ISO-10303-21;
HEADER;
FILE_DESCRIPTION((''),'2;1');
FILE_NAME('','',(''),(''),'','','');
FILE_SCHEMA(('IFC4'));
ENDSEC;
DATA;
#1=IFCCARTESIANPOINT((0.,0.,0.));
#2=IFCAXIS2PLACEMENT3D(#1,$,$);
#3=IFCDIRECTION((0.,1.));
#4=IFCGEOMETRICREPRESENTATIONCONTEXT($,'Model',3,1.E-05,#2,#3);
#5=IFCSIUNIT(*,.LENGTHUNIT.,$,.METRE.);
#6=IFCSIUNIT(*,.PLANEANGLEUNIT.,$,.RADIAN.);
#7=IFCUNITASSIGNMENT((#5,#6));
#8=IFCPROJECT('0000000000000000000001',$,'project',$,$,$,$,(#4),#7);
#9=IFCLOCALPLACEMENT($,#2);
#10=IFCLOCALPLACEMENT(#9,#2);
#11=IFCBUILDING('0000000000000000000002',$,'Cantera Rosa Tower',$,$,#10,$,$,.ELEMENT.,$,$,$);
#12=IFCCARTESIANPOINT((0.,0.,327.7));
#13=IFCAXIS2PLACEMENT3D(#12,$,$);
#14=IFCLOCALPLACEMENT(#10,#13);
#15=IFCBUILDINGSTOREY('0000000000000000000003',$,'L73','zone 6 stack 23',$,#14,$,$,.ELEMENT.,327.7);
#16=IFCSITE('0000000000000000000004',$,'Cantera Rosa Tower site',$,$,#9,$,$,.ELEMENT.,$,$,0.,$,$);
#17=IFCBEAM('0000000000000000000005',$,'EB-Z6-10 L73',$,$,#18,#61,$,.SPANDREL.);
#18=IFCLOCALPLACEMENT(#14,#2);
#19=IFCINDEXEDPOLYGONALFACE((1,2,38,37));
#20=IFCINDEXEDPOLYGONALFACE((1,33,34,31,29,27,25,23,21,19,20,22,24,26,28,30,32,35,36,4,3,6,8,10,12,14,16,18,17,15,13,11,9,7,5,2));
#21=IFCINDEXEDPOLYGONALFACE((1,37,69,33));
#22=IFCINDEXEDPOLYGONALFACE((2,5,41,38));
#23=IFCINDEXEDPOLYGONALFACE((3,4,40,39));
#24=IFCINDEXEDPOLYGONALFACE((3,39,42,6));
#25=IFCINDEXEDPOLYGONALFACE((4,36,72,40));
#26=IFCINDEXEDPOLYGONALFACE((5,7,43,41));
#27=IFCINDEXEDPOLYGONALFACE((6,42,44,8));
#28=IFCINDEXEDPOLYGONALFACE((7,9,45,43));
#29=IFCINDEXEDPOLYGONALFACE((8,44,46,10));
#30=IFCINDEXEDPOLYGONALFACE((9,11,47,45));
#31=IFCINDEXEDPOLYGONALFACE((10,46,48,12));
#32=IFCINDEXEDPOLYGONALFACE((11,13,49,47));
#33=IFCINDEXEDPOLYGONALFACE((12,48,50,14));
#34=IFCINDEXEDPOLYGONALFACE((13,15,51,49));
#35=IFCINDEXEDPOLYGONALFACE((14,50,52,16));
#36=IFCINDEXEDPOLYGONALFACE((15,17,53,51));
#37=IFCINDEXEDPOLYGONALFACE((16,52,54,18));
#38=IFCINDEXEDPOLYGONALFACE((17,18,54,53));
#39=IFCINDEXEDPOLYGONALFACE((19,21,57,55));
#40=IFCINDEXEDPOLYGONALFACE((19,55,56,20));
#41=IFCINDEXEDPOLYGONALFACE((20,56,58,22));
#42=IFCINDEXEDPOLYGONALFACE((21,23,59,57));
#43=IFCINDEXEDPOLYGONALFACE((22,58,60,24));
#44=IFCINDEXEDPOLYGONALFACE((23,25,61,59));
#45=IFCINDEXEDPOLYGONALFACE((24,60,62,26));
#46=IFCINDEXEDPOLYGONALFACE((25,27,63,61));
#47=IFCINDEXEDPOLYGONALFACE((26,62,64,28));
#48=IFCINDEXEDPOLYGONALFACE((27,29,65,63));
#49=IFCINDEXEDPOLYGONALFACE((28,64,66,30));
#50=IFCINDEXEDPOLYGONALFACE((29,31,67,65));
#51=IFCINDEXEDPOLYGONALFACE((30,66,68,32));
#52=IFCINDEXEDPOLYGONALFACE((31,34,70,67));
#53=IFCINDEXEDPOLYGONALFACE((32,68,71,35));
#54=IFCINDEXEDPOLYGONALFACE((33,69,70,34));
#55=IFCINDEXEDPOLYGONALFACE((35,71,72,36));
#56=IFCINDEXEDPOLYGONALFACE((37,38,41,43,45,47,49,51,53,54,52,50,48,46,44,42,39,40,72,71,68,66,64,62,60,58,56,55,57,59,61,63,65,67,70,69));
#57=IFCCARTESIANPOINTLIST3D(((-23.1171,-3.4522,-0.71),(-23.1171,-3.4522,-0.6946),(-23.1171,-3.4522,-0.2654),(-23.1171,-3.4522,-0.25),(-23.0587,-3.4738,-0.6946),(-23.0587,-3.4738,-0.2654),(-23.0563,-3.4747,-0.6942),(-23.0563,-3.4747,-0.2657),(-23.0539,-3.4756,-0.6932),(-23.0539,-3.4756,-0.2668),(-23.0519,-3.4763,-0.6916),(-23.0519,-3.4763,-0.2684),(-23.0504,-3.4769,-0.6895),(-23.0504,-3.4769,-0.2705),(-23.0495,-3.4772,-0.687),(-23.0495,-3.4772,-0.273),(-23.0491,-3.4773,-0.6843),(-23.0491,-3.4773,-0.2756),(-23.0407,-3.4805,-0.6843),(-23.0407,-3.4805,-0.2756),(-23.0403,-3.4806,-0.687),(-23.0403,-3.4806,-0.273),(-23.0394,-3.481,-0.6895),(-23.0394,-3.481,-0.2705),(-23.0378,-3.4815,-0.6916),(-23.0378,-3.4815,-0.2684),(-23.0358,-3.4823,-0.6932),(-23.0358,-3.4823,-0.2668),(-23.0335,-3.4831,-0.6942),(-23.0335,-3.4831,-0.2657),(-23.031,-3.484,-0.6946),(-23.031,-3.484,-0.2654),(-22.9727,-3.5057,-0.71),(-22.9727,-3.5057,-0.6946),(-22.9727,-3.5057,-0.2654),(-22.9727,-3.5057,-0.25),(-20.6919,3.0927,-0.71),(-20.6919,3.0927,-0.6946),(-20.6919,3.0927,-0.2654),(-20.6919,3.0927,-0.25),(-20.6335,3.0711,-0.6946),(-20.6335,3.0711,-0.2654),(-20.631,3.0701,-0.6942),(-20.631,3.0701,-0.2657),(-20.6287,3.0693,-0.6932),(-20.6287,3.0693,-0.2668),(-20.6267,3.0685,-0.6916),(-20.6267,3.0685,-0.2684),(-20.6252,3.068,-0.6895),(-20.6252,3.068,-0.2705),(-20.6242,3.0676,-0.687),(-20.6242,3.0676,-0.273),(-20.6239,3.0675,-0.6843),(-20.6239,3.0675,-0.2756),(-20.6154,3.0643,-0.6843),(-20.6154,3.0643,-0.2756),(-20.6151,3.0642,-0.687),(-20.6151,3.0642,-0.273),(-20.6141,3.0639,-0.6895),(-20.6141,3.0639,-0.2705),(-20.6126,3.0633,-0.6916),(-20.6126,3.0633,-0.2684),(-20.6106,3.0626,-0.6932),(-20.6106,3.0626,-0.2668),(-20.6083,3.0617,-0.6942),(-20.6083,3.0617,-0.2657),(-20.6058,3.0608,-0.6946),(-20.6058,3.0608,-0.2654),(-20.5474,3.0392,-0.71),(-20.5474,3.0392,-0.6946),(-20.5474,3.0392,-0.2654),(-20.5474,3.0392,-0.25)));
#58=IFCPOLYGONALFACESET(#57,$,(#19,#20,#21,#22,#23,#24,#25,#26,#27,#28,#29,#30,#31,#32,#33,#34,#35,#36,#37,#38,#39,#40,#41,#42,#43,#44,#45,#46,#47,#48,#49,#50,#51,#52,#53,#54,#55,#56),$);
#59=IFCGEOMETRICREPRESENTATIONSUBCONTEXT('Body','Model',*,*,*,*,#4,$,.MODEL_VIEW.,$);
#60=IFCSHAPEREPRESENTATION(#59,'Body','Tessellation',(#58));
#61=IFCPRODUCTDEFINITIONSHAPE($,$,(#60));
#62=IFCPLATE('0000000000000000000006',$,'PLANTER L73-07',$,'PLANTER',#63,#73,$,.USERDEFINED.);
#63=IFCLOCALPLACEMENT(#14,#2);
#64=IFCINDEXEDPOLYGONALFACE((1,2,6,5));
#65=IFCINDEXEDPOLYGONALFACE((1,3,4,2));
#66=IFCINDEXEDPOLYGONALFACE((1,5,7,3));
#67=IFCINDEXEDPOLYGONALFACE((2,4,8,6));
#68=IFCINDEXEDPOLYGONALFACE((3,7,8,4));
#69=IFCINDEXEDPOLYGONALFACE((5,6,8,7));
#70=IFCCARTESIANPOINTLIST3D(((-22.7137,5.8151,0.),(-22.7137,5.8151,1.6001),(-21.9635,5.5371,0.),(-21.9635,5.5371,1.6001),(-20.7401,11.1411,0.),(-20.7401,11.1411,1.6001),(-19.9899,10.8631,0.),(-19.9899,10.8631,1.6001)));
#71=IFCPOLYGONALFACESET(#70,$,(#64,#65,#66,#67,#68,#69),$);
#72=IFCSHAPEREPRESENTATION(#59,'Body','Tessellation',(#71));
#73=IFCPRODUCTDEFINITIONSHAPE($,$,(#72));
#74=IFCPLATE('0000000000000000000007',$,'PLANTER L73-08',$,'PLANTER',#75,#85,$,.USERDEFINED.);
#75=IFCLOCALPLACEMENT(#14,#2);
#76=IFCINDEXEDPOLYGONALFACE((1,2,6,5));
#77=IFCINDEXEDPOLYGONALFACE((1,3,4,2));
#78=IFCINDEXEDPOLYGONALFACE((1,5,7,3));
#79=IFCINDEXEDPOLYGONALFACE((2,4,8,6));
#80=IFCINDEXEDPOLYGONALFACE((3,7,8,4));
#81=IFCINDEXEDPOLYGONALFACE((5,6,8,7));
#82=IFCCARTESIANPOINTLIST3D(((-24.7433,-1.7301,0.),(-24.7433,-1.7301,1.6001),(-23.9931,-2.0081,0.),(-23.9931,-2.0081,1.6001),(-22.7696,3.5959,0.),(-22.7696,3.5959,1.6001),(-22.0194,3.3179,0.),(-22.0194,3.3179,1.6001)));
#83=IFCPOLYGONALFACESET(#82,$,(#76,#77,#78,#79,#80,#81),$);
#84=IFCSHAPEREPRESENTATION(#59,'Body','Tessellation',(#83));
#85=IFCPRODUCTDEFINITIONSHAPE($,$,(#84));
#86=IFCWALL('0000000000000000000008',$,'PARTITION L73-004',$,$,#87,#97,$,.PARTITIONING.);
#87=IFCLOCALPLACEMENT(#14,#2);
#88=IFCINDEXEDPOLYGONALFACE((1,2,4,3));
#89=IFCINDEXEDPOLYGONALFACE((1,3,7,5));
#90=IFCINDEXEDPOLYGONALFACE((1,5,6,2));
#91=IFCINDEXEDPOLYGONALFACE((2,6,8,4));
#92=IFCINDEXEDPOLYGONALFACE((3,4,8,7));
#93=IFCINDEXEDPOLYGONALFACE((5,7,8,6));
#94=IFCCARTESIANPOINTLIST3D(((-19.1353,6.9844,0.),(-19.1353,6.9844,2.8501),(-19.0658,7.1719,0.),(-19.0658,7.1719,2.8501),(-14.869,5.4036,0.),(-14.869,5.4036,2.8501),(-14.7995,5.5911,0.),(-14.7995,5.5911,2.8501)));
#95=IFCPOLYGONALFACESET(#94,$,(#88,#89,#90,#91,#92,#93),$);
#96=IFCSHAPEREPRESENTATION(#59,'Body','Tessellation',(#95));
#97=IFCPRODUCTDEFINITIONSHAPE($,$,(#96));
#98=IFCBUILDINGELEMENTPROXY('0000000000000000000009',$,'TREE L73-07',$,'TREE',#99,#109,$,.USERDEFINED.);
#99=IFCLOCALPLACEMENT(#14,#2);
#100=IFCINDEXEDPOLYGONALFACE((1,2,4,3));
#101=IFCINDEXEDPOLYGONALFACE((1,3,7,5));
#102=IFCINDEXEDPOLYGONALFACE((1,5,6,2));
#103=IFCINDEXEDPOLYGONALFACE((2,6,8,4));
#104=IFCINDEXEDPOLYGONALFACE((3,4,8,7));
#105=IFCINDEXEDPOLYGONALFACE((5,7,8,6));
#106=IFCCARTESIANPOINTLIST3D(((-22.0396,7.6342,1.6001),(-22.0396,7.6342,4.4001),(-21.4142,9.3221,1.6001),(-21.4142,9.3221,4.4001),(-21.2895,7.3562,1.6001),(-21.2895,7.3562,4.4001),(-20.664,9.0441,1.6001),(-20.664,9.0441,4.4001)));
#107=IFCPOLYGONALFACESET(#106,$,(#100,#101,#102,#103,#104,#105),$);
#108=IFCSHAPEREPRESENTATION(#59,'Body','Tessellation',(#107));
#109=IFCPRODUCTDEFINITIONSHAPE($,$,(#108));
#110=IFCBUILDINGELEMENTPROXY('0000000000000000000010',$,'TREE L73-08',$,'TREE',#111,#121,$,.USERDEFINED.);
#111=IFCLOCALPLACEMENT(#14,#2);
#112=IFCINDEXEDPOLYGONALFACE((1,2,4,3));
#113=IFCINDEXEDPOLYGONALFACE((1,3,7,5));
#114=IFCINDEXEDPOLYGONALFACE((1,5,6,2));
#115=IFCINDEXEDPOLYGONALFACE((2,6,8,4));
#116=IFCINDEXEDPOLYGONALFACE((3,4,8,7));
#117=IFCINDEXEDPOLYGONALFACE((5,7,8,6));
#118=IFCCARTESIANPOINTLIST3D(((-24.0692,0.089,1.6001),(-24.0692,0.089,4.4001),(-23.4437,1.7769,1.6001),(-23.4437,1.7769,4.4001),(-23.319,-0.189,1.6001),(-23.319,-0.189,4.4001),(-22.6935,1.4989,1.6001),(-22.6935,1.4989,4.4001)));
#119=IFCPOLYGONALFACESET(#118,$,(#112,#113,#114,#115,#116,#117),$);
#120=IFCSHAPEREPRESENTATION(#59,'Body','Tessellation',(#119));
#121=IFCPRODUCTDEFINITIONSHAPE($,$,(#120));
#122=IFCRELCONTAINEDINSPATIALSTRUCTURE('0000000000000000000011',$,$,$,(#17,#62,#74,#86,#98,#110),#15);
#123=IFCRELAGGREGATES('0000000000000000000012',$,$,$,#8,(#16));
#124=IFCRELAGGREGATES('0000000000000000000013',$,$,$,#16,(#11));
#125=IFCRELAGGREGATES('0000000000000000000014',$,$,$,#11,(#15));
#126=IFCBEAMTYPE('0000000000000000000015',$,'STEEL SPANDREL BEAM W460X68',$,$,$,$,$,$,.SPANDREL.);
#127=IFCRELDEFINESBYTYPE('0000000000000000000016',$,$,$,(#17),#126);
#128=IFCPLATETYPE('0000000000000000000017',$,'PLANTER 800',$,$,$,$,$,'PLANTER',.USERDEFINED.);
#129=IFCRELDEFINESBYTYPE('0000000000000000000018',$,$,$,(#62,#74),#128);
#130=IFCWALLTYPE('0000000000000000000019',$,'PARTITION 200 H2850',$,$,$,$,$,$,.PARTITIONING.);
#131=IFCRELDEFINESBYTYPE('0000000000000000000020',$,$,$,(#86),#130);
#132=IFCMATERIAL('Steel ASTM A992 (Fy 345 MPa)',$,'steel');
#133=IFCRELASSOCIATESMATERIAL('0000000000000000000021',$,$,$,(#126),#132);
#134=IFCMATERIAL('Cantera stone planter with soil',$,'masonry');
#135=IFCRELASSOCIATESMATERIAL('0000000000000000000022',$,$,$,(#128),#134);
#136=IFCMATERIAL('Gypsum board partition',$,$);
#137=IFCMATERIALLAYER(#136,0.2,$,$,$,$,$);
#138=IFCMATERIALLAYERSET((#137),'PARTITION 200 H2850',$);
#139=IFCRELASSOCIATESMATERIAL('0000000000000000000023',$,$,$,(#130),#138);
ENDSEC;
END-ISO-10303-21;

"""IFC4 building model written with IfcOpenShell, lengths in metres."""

from ifc_helpers import new_model, si_unit, direction, frame, frame_2d, origin, origin_2d, place, context, subcontext, project, spatial, rectangle, i_section, extrude, material, layer, layer_set, material_profile, profile_set, type_object, element, save


model = new_model("IFC4")

# Units and contexts
model_context = context("Model", 3, precision=1e-05, world=origin(), true_north=direction((0.0, 1.0)))
body_context = subcontext(model_context, "Body", "Model", "MODEL_VIEW")
ifc_project = project(units=[si_unit("LENGTHUNIT", "METRE"), si_unit("PLANEANGLEUNIT", "RADIAN")], contexts=[model_context])

# Site, building, storey
site_placement = place(None, origin())
site = spatial("IfcSite", under=ifc_project, at=site_placement, Name="Cantera Rosa Tower site", CompositionType="ELEMENT", RefElevation=0.0)
building_placement = place(site_placement, origin())
building = spatial("IfcBuilding", under=site, at=building_placement, Name="Cantera Rosa Tower", CompositionType="ELEMENT")
storey_placement = place(building_placement, frame((0.0, 0.0, 327.7)))
storey = spatial("IfcBuildingStorey", under=building, at=storey_placement, Name="L73", Description="zone 6 stack 23", CompositionType="ELEMENT", Elevation=327.7)

# Beam
ifc_material_1 = material(Name="Steel ASTM A992 (Fy 345 MPa)", Category="steel")
ifc_material_profile_1 = material_profile(ifc_material_1, i_section(OverallWidth=0.1541, OverallDepth=0.46, WebThickness=0.009, FlangeThickness=0.0154, FilletRadius=0.0103, at=origin_2d()), Name="W460X68")
ifc_profile_set_1 = profile_set([ifc_material_profile_1], Name="Steel ASTM A992 (Fy 345 MPa)")
beam_type_1 = type_object("IfcBeamType", Name="STEEL SPANDREL BEAM W460X68", PredefinedType="SPANDREL", material=ifc_profile_set_1)
beam_1_placement = place(storey_placement, frame((-20.6196, 3.0659, -0.48), z_axis=(-0.347472, -0.937691, 0.0), x_axis=(0.937691, -0.347472, 0.0)))
element("IfcBeam", 1, at=beam_1_placement, inside=storey, type_object=beam_type_1, Name="EB-Z6-10 L73", PredefinedType="SPANDREL", context=body_context, shape_type="SweptSolid", body=[
    extrude(i_section(OverallWidth=0.1541, OverallDepth=0.46, WebThickness=0.009, FlangeThickness=0.0154, FilletRadius=0.0103, at=origin_2d()), origin(), (0.0, 0.0, 1.0), 6.9797),
])

# Plates
ifc_material_2 = material(Name="Cantera stone planter with soil", Category="masonry")
plate_type = type_object("IfcPlateType", Name="PLANTER 800", ElementType="PLANTER", PredefinedType="USERDEFINED", material=ifc_material_2)
for number, where, z_axis, x_axis, name in (
    (2, (-21.3518, 8.3391, 0.0), (0.0, 0.0, 1.0), (-0.347481, -0.937687, 0.0), "PLANTER L73-07"),
    (3, (-23.3813, 0.7939, 0.0), (0.0, 0.0, 1.0), (-0.347481, -0.937687, 0.0), "PLANTER L73-08"),
):
    element("IfcPlate", number, at=place(storey_placement, frame(where, z_axis=z_axis, x_axis=x_axis)), inside=storey, type_object=plate_type, Name=name, ObjectType="PLANTER", PredefinedType="USERDEFINED", context=body_context, shape_type="SweptSolid", body=[
        extrude(rectangle(XDim=5.6799, YDim=0.8, at=origin_2d()), origin(), (0.0, 0.0, 1.0), 1.6001),
    ])

# Wall
ifc_material_3 = material(Name="Gypsum board partition")
ifc_layer_1 = layer(ifc_material_3, 0.2)
ifc_layer_set_1 = layer_set([ifc_layer_1], Name="PARTITION 200 H2850")
wall_type_1 = type_object("IfcWallType", Name="PARTITION 200 H2850", PredefinedType="PARTITIONING", material=ifc_layer_set_1)
wall_1_placement = place(storey_placement, frame((-19.1006, 7.0781, 0.0), z_axis=(0.0, 0.0, 1.0), x_axis=(0.9377, -0.347445, 0.0)))
element("IfcWall", 4, at=wall_1_placement, inside=storey, type_object=wall_type_1, Name="PARTITION L73-004", PredefinedType="PARTITIONING", context=body_context, shape_type="SweptSolid", body=[
    extrude(rectangle(XDim=4.5498, YDim=0.2, at=frame_2d((2.2749, 0.0))), origin(), (0.0, 0.0, 1.0), 2.8501),
])

# Building element proxies
for number, where, z_axis, x_axis, name in (
    (5, (-21.3518, 8.3391, 1.6001), (0.0, 0.0, 1.0), (-0.347481, -0.937687, 0.0), "TREE L73-07"),
    (6, (-23.3813, 0.7939, 1.6001), (0.0, 0.0, 1.0), (-0.347481, -0.937687, 0.0), "TREE L73-08"),
):
    element("IfcBuildingElementProxy", number, at=place(storey_placement, frame(where, z_axis=z_axis, x_axis=x_axis)), inside=storey, Name=name, ObjectType="TREE", PredefinedType="USERDEFINED", context=body_context, shape_type="SweptSolid", body=[
        extrude(rectangle(XDim=1.8, YDim=0.8, at=origin_2d()), origin(), (0.0, 0.0, 1.0), 2.8),
    ])

save(model, "model.ifc")
